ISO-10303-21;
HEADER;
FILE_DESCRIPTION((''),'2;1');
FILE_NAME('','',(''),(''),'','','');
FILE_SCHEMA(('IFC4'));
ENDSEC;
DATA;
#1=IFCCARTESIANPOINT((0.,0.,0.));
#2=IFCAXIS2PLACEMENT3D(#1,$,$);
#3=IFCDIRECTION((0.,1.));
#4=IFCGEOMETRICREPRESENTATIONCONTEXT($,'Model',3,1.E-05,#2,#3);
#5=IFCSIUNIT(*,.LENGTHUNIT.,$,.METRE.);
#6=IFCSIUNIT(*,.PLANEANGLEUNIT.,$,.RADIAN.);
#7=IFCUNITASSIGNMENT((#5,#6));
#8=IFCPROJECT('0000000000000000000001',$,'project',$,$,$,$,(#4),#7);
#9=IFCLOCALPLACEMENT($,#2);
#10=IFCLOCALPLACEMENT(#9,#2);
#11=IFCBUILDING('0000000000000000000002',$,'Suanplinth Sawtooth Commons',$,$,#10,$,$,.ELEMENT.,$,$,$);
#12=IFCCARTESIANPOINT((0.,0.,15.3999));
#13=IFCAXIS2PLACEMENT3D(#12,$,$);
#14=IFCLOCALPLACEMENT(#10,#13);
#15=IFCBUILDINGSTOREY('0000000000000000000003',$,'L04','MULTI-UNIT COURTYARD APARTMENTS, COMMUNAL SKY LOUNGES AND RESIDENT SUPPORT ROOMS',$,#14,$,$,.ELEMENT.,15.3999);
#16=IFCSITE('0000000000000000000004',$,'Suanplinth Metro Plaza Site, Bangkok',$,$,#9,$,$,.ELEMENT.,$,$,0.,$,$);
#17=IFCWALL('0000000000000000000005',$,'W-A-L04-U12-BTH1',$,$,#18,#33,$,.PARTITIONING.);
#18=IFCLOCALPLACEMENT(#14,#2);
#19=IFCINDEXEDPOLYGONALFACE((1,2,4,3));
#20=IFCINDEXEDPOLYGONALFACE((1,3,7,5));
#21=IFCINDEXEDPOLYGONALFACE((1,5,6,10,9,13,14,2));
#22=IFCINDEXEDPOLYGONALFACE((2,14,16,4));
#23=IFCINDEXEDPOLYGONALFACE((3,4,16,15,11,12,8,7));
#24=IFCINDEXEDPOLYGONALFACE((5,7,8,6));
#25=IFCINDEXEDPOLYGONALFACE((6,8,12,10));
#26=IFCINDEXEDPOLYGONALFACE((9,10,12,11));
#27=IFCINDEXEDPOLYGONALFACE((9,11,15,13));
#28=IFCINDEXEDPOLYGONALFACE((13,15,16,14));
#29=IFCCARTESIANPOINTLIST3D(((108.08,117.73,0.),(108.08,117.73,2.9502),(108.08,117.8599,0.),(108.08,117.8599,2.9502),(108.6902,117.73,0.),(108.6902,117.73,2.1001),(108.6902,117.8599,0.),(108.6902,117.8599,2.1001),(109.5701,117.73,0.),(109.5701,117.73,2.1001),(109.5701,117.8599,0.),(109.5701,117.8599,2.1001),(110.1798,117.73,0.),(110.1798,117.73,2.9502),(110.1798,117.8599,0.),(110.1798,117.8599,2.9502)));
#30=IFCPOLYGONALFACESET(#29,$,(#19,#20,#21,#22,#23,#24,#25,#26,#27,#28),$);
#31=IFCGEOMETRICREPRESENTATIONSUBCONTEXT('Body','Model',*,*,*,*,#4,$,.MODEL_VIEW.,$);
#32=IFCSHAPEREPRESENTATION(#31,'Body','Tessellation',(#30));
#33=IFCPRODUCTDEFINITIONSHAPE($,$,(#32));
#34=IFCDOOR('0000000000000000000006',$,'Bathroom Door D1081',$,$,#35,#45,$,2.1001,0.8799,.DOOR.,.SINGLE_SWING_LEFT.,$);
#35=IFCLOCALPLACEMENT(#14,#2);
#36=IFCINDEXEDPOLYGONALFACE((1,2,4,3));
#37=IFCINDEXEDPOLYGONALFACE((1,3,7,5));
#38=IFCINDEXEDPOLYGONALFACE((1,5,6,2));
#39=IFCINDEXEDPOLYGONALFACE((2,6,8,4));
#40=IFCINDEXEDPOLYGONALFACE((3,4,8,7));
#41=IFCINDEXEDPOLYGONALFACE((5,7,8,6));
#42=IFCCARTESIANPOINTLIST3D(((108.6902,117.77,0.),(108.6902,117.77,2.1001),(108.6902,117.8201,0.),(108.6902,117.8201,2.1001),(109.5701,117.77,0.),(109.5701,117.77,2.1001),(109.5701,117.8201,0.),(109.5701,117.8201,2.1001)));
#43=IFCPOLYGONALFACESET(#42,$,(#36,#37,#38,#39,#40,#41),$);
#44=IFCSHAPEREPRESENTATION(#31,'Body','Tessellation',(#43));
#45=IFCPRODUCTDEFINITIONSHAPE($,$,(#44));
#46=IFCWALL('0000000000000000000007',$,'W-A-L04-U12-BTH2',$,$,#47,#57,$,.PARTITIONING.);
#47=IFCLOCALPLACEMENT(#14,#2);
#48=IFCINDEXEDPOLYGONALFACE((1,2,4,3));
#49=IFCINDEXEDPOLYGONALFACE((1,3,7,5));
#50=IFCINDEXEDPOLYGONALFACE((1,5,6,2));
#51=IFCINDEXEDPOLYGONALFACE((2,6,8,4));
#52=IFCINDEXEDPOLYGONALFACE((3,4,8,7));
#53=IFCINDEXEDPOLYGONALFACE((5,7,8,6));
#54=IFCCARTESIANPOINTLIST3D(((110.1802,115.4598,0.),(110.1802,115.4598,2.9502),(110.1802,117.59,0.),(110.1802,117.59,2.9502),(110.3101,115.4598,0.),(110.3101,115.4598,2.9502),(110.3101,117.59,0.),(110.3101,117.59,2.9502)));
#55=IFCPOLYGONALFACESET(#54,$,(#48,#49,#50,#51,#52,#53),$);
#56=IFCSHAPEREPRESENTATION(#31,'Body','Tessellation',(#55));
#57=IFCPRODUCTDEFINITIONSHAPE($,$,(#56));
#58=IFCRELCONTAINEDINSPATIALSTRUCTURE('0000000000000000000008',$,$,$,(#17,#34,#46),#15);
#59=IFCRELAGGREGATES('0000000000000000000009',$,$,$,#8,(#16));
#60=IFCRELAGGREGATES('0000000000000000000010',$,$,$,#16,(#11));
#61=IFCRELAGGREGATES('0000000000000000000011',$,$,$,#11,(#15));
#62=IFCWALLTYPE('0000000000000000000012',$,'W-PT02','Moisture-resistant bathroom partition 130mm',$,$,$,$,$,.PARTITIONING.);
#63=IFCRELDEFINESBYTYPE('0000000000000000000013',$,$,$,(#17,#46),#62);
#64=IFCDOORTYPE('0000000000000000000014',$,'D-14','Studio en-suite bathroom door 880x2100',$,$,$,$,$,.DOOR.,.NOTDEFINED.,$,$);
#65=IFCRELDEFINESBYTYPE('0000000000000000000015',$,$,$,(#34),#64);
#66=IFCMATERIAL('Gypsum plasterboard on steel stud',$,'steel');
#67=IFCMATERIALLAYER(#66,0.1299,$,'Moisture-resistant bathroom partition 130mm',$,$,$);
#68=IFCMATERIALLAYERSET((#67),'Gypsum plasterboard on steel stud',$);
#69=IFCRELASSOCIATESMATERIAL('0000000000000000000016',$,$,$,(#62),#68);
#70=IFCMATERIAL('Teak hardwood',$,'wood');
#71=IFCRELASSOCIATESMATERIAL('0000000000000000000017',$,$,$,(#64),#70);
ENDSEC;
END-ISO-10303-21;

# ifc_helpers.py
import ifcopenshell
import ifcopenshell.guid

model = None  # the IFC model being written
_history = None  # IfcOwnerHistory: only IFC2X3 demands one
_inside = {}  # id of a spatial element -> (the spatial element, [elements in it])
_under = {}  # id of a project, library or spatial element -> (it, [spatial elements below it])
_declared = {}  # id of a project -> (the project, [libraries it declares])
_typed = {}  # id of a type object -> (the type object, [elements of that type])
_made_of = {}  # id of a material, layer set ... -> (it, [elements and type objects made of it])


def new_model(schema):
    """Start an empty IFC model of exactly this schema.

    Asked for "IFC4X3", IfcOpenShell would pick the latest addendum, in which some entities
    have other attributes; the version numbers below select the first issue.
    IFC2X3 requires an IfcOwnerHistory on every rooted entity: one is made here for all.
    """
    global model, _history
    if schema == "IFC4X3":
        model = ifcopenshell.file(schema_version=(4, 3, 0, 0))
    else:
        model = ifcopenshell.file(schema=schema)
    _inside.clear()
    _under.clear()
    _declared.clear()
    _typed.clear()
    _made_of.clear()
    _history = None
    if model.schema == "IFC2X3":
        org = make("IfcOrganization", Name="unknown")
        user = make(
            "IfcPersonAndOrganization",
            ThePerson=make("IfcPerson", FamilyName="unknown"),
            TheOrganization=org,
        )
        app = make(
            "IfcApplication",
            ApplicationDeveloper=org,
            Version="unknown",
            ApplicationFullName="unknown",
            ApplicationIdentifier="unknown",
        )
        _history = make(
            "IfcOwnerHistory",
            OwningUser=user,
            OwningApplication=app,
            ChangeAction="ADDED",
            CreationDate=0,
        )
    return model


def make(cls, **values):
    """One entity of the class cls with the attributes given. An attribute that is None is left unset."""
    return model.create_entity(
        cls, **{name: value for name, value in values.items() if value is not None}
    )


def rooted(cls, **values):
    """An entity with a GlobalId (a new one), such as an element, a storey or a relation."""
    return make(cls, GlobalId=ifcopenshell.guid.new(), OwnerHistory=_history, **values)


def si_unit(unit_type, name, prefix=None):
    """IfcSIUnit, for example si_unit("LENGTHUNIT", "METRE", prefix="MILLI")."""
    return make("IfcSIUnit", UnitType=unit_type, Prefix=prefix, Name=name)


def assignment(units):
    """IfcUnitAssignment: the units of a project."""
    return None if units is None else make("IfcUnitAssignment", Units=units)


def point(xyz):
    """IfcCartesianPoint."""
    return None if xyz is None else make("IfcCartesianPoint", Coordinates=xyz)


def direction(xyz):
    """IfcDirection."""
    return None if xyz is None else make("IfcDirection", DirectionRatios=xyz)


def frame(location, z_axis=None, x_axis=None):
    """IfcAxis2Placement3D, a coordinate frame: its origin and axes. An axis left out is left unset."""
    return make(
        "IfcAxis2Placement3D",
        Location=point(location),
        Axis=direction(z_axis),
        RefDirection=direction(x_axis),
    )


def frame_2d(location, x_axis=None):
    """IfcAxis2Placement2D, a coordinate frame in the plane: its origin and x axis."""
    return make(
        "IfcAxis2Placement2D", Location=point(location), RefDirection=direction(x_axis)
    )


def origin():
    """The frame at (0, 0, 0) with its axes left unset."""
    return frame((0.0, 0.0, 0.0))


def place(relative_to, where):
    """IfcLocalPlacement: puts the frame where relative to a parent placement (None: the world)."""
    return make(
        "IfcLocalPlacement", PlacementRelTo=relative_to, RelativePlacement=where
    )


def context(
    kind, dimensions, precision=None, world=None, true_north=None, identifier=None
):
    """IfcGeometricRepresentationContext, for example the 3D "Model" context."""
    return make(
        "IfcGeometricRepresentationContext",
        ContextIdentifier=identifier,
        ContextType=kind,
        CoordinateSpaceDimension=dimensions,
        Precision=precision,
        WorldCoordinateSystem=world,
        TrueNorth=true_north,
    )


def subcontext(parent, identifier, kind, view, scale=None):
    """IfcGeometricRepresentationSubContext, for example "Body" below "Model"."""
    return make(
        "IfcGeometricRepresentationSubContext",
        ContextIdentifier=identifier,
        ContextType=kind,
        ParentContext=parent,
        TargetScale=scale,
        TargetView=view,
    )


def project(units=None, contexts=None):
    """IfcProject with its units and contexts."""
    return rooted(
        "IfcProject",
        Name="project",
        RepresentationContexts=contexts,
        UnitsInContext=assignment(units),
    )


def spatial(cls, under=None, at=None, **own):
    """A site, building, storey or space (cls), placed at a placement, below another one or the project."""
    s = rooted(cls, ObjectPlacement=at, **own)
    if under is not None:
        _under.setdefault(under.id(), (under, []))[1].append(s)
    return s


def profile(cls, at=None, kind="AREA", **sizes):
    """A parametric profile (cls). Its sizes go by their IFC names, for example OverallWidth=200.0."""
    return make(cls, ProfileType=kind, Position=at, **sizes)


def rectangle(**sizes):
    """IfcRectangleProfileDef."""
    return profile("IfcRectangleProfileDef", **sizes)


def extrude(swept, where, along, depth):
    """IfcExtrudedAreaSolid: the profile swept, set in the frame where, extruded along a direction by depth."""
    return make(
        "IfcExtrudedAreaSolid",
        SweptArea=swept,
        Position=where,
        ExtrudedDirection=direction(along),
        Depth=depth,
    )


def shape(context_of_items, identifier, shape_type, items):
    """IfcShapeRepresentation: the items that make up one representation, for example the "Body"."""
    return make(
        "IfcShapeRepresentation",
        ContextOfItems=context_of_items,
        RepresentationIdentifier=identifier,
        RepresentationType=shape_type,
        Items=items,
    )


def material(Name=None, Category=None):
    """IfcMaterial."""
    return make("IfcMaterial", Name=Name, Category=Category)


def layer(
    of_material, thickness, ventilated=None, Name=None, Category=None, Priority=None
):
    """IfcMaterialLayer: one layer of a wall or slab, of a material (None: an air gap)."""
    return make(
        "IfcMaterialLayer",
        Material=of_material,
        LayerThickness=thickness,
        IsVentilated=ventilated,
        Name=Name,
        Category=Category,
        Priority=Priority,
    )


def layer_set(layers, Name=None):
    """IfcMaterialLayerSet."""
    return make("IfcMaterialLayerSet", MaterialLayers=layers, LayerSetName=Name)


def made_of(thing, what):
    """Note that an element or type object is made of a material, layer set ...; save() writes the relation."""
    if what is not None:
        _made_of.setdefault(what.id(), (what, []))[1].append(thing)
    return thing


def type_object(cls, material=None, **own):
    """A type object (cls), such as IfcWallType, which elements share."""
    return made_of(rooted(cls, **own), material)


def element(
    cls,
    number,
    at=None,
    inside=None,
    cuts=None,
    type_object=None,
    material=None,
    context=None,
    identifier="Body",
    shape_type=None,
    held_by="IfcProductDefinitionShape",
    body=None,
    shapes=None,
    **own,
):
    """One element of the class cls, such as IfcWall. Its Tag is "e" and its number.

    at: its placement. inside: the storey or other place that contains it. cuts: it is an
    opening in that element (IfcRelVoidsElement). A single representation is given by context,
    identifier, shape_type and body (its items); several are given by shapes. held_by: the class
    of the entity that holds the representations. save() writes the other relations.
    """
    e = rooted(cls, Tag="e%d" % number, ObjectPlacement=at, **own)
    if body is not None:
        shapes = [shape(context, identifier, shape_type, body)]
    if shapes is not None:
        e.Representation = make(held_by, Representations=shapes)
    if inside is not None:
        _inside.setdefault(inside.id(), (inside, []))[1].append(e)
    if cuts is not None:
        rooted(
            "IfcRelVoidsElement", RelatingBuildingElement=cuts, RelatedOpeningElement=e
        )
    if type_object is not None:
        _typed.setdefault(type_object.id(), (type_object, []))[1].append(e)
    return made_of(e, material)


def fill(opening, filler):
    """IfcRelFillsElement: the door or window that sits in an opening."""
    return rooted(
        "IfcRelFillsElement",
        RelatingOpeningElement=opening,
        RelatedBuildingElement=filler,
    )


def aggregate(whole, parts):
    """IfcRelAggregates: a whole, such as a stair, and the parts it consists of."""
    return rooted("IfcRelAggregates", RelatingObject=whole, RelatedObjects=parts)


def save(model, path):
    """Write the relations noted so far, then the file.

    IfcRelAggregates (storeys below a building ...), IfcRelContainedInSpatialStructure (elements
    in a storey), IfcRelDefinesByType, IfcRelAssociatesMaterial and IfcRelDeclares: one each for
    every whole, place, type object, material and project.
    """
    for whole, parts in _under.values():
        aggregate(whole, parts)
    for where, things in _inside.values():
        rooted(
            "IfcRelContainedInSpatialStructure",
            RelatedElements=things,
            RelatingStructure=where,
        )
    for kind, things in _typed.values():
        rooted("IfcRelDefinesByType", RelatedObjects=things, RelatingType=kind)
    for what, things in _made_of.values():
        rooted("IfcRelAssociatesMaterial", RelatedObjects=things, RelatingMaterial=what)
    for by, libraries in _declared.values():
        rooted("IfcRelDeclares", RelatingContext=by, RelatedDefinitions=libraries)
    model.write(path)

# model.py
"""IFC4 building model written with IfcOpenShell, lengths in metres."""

from ifc_helpers import new_model, si_unit, direction, frame, frame_2d, origin, place, context, subcontext, project, spatial, rectangle, extrude, material, layer, layer_set, type_object, element, fill, save


model = new_model("IFC4")

# Units and contexts
model_context = context("Model", 3, precision=1e-05, world=origin(), true_north=direction((0.0, 1.0)))
body_context = subcontext(model_context, "Body", "Model", "MODEL_VIEW")
ifc_project = project(units=[si_unit("LENGTHUNIT", "METRE"), si_unit("PLANEANGLEUNIT", "RADIAN")], contexts=[model_context])

# Site, building, storey
site_placement = place(None, origin())
site = spatial("IfcSite", under=ifc_project, at=site_placement, Name="Suanplinth Metro Plaza Site, Bangkok", CompositionType="ELEMENT", RefElevation=0.0)
building_placement = place(site_placement, origin())
building = spatial("IfcBuilding", under=site, at=building_placement, Name="Suanplinth Sawtooth Commons", CompositionType="ELEMENT")
storey_placement = place(building_placement, frame((0.0, 0.0, 15.3999)))
storey = spatial("IfcBuildingStorey", under=building, at=storey_placement, Name="L04", Description="MULTI-UNIT COURTYARD APARTMENTS, COMMUNAL SKY LOUNGES AND RESIDENT SUPPORT ROOMS", CompositionType="ELEMENT", Elevation=15.3999)

# Shared definitions
ifc_material_1 = material(Name="Gypsum plasterboard on steel stud", Category="steel")
ifc_material_2 = material(Name="Teak hardwood", Category="wood")

# Wall, opening, door
ifc_layer_1 = layer(ifc_material_1, 0.1299, Name="Moisture-resistant bathroom partition 130mm")
ifc_layer_set_1 = layer_set([ifc_layer_1], Name="Gypsum plasterboard on steel stud")
wall_type_1 = type_object("IfcWallType", Name="W-PT02", Description="Moisture-resistant bathroom partition 130mm", PredefinedType="PARTITIONING", material=ifc_layer_set_1)
wall_1_placement = place(storey_placement, frame((108.0801, 117.7949, 0.0), z_axis=(0.0, 0.0, 1.0), x_axis=(1.0, 0.0, 0.0)))
wall_1 = element("IfcWall", 1, at=wall_1_placement, inside=storey, type_object=wall_type_1, Name="W-A-L04-U12-BTH1", PredefinedType="PARTITIONING", context=body_context, shape_type="SweptSolid", body=[
    extrude(rectangle(XDim=2.0999, YDim=0.1299, at=frame_2d((1.0498, 0.0))), origin(), (0.0, 0.0, 1.0), 2.9502),
])
opening_1_placement = place(wall_1_placement, frame((0.6101, 0.0, 0.0)))
opening_1 = element("IfcOpeningElement", 2, at=opening_1_placement, cuts=wall_1, PredefinedType="OPENING", context=body_context, shape_type="SweptSolid", body=[
    extrude(rectangle(XDim=0.8799, YDim=2.1001, at=frame_2d((0.4399, 1.05))), frame((0.0, 0.0798, 0.0), z_axis=(0.0, -1.0, 0.0), x_axis=(1.0, 0.0, 0.0)), (0.0, 0.0, 1.0), 0.1597),
])
door_type_1 = type_object("IfcDoorType", Name="D-14", Description="Studio en-suite bathroom door 880x2100", OperationType="NOTDEFINED", PredefinedType="DOOR", material=ifc_material_2)
door_1_placement = place(opening_1_placement, frame((0.8799, 0.0, 0.0), z_axis=(0.0, 0.0, 1.0), x_axis=(-1.0, 0.0, 0.0)))
door_1 = element("IfcDoor", 3, at=door_1_placement, inside=storey, type_object=door_type_1, Name="Bathroom Door D1081", OperationType="SINGLE_SWING_LEFT", OverallHeight=2.1001, OverallWidth=0.8799, PredefinedType="DOOR", context=body_context, shape_type="SweptSolid", body=[
    extrude(rectangle(XDim=0.8799, YDim=2.1001, at=frame_2d((0.4399, 1.05))), frame((0.0, 0.0249, 0.0), z_axis=(0.0, -1.0, 0.0), x_axis=(1.0, 0.0, 0.0)), (0.0, 0.0, 1.0), 0.05),
])
fill(opening_1, door_1)

# Wall
wall_2_placement = place(storey_placement, frame((110.2451, 115.46, 0.0), z_axis=(0.0, 0.0, 1.0), x_axis=(0.0, 1.0, 0.0)))
element("IfcWall", 4, at=wall_2_placement, inside=storey, type_object=wall_type_1, Name="W-A-L04-U12-BTH2", PredefinedType="PARTITIONING", context=body_context, shape_type="SweptSolid", body=[
    extrude(rectangle(XDim=2.1301, YDim=0.1299, at=frame_2d((1.0649, 0.0))), origin(), (0.0, 0.0, 1.0), 2.9502),
])

save(model, "model.ifc")
